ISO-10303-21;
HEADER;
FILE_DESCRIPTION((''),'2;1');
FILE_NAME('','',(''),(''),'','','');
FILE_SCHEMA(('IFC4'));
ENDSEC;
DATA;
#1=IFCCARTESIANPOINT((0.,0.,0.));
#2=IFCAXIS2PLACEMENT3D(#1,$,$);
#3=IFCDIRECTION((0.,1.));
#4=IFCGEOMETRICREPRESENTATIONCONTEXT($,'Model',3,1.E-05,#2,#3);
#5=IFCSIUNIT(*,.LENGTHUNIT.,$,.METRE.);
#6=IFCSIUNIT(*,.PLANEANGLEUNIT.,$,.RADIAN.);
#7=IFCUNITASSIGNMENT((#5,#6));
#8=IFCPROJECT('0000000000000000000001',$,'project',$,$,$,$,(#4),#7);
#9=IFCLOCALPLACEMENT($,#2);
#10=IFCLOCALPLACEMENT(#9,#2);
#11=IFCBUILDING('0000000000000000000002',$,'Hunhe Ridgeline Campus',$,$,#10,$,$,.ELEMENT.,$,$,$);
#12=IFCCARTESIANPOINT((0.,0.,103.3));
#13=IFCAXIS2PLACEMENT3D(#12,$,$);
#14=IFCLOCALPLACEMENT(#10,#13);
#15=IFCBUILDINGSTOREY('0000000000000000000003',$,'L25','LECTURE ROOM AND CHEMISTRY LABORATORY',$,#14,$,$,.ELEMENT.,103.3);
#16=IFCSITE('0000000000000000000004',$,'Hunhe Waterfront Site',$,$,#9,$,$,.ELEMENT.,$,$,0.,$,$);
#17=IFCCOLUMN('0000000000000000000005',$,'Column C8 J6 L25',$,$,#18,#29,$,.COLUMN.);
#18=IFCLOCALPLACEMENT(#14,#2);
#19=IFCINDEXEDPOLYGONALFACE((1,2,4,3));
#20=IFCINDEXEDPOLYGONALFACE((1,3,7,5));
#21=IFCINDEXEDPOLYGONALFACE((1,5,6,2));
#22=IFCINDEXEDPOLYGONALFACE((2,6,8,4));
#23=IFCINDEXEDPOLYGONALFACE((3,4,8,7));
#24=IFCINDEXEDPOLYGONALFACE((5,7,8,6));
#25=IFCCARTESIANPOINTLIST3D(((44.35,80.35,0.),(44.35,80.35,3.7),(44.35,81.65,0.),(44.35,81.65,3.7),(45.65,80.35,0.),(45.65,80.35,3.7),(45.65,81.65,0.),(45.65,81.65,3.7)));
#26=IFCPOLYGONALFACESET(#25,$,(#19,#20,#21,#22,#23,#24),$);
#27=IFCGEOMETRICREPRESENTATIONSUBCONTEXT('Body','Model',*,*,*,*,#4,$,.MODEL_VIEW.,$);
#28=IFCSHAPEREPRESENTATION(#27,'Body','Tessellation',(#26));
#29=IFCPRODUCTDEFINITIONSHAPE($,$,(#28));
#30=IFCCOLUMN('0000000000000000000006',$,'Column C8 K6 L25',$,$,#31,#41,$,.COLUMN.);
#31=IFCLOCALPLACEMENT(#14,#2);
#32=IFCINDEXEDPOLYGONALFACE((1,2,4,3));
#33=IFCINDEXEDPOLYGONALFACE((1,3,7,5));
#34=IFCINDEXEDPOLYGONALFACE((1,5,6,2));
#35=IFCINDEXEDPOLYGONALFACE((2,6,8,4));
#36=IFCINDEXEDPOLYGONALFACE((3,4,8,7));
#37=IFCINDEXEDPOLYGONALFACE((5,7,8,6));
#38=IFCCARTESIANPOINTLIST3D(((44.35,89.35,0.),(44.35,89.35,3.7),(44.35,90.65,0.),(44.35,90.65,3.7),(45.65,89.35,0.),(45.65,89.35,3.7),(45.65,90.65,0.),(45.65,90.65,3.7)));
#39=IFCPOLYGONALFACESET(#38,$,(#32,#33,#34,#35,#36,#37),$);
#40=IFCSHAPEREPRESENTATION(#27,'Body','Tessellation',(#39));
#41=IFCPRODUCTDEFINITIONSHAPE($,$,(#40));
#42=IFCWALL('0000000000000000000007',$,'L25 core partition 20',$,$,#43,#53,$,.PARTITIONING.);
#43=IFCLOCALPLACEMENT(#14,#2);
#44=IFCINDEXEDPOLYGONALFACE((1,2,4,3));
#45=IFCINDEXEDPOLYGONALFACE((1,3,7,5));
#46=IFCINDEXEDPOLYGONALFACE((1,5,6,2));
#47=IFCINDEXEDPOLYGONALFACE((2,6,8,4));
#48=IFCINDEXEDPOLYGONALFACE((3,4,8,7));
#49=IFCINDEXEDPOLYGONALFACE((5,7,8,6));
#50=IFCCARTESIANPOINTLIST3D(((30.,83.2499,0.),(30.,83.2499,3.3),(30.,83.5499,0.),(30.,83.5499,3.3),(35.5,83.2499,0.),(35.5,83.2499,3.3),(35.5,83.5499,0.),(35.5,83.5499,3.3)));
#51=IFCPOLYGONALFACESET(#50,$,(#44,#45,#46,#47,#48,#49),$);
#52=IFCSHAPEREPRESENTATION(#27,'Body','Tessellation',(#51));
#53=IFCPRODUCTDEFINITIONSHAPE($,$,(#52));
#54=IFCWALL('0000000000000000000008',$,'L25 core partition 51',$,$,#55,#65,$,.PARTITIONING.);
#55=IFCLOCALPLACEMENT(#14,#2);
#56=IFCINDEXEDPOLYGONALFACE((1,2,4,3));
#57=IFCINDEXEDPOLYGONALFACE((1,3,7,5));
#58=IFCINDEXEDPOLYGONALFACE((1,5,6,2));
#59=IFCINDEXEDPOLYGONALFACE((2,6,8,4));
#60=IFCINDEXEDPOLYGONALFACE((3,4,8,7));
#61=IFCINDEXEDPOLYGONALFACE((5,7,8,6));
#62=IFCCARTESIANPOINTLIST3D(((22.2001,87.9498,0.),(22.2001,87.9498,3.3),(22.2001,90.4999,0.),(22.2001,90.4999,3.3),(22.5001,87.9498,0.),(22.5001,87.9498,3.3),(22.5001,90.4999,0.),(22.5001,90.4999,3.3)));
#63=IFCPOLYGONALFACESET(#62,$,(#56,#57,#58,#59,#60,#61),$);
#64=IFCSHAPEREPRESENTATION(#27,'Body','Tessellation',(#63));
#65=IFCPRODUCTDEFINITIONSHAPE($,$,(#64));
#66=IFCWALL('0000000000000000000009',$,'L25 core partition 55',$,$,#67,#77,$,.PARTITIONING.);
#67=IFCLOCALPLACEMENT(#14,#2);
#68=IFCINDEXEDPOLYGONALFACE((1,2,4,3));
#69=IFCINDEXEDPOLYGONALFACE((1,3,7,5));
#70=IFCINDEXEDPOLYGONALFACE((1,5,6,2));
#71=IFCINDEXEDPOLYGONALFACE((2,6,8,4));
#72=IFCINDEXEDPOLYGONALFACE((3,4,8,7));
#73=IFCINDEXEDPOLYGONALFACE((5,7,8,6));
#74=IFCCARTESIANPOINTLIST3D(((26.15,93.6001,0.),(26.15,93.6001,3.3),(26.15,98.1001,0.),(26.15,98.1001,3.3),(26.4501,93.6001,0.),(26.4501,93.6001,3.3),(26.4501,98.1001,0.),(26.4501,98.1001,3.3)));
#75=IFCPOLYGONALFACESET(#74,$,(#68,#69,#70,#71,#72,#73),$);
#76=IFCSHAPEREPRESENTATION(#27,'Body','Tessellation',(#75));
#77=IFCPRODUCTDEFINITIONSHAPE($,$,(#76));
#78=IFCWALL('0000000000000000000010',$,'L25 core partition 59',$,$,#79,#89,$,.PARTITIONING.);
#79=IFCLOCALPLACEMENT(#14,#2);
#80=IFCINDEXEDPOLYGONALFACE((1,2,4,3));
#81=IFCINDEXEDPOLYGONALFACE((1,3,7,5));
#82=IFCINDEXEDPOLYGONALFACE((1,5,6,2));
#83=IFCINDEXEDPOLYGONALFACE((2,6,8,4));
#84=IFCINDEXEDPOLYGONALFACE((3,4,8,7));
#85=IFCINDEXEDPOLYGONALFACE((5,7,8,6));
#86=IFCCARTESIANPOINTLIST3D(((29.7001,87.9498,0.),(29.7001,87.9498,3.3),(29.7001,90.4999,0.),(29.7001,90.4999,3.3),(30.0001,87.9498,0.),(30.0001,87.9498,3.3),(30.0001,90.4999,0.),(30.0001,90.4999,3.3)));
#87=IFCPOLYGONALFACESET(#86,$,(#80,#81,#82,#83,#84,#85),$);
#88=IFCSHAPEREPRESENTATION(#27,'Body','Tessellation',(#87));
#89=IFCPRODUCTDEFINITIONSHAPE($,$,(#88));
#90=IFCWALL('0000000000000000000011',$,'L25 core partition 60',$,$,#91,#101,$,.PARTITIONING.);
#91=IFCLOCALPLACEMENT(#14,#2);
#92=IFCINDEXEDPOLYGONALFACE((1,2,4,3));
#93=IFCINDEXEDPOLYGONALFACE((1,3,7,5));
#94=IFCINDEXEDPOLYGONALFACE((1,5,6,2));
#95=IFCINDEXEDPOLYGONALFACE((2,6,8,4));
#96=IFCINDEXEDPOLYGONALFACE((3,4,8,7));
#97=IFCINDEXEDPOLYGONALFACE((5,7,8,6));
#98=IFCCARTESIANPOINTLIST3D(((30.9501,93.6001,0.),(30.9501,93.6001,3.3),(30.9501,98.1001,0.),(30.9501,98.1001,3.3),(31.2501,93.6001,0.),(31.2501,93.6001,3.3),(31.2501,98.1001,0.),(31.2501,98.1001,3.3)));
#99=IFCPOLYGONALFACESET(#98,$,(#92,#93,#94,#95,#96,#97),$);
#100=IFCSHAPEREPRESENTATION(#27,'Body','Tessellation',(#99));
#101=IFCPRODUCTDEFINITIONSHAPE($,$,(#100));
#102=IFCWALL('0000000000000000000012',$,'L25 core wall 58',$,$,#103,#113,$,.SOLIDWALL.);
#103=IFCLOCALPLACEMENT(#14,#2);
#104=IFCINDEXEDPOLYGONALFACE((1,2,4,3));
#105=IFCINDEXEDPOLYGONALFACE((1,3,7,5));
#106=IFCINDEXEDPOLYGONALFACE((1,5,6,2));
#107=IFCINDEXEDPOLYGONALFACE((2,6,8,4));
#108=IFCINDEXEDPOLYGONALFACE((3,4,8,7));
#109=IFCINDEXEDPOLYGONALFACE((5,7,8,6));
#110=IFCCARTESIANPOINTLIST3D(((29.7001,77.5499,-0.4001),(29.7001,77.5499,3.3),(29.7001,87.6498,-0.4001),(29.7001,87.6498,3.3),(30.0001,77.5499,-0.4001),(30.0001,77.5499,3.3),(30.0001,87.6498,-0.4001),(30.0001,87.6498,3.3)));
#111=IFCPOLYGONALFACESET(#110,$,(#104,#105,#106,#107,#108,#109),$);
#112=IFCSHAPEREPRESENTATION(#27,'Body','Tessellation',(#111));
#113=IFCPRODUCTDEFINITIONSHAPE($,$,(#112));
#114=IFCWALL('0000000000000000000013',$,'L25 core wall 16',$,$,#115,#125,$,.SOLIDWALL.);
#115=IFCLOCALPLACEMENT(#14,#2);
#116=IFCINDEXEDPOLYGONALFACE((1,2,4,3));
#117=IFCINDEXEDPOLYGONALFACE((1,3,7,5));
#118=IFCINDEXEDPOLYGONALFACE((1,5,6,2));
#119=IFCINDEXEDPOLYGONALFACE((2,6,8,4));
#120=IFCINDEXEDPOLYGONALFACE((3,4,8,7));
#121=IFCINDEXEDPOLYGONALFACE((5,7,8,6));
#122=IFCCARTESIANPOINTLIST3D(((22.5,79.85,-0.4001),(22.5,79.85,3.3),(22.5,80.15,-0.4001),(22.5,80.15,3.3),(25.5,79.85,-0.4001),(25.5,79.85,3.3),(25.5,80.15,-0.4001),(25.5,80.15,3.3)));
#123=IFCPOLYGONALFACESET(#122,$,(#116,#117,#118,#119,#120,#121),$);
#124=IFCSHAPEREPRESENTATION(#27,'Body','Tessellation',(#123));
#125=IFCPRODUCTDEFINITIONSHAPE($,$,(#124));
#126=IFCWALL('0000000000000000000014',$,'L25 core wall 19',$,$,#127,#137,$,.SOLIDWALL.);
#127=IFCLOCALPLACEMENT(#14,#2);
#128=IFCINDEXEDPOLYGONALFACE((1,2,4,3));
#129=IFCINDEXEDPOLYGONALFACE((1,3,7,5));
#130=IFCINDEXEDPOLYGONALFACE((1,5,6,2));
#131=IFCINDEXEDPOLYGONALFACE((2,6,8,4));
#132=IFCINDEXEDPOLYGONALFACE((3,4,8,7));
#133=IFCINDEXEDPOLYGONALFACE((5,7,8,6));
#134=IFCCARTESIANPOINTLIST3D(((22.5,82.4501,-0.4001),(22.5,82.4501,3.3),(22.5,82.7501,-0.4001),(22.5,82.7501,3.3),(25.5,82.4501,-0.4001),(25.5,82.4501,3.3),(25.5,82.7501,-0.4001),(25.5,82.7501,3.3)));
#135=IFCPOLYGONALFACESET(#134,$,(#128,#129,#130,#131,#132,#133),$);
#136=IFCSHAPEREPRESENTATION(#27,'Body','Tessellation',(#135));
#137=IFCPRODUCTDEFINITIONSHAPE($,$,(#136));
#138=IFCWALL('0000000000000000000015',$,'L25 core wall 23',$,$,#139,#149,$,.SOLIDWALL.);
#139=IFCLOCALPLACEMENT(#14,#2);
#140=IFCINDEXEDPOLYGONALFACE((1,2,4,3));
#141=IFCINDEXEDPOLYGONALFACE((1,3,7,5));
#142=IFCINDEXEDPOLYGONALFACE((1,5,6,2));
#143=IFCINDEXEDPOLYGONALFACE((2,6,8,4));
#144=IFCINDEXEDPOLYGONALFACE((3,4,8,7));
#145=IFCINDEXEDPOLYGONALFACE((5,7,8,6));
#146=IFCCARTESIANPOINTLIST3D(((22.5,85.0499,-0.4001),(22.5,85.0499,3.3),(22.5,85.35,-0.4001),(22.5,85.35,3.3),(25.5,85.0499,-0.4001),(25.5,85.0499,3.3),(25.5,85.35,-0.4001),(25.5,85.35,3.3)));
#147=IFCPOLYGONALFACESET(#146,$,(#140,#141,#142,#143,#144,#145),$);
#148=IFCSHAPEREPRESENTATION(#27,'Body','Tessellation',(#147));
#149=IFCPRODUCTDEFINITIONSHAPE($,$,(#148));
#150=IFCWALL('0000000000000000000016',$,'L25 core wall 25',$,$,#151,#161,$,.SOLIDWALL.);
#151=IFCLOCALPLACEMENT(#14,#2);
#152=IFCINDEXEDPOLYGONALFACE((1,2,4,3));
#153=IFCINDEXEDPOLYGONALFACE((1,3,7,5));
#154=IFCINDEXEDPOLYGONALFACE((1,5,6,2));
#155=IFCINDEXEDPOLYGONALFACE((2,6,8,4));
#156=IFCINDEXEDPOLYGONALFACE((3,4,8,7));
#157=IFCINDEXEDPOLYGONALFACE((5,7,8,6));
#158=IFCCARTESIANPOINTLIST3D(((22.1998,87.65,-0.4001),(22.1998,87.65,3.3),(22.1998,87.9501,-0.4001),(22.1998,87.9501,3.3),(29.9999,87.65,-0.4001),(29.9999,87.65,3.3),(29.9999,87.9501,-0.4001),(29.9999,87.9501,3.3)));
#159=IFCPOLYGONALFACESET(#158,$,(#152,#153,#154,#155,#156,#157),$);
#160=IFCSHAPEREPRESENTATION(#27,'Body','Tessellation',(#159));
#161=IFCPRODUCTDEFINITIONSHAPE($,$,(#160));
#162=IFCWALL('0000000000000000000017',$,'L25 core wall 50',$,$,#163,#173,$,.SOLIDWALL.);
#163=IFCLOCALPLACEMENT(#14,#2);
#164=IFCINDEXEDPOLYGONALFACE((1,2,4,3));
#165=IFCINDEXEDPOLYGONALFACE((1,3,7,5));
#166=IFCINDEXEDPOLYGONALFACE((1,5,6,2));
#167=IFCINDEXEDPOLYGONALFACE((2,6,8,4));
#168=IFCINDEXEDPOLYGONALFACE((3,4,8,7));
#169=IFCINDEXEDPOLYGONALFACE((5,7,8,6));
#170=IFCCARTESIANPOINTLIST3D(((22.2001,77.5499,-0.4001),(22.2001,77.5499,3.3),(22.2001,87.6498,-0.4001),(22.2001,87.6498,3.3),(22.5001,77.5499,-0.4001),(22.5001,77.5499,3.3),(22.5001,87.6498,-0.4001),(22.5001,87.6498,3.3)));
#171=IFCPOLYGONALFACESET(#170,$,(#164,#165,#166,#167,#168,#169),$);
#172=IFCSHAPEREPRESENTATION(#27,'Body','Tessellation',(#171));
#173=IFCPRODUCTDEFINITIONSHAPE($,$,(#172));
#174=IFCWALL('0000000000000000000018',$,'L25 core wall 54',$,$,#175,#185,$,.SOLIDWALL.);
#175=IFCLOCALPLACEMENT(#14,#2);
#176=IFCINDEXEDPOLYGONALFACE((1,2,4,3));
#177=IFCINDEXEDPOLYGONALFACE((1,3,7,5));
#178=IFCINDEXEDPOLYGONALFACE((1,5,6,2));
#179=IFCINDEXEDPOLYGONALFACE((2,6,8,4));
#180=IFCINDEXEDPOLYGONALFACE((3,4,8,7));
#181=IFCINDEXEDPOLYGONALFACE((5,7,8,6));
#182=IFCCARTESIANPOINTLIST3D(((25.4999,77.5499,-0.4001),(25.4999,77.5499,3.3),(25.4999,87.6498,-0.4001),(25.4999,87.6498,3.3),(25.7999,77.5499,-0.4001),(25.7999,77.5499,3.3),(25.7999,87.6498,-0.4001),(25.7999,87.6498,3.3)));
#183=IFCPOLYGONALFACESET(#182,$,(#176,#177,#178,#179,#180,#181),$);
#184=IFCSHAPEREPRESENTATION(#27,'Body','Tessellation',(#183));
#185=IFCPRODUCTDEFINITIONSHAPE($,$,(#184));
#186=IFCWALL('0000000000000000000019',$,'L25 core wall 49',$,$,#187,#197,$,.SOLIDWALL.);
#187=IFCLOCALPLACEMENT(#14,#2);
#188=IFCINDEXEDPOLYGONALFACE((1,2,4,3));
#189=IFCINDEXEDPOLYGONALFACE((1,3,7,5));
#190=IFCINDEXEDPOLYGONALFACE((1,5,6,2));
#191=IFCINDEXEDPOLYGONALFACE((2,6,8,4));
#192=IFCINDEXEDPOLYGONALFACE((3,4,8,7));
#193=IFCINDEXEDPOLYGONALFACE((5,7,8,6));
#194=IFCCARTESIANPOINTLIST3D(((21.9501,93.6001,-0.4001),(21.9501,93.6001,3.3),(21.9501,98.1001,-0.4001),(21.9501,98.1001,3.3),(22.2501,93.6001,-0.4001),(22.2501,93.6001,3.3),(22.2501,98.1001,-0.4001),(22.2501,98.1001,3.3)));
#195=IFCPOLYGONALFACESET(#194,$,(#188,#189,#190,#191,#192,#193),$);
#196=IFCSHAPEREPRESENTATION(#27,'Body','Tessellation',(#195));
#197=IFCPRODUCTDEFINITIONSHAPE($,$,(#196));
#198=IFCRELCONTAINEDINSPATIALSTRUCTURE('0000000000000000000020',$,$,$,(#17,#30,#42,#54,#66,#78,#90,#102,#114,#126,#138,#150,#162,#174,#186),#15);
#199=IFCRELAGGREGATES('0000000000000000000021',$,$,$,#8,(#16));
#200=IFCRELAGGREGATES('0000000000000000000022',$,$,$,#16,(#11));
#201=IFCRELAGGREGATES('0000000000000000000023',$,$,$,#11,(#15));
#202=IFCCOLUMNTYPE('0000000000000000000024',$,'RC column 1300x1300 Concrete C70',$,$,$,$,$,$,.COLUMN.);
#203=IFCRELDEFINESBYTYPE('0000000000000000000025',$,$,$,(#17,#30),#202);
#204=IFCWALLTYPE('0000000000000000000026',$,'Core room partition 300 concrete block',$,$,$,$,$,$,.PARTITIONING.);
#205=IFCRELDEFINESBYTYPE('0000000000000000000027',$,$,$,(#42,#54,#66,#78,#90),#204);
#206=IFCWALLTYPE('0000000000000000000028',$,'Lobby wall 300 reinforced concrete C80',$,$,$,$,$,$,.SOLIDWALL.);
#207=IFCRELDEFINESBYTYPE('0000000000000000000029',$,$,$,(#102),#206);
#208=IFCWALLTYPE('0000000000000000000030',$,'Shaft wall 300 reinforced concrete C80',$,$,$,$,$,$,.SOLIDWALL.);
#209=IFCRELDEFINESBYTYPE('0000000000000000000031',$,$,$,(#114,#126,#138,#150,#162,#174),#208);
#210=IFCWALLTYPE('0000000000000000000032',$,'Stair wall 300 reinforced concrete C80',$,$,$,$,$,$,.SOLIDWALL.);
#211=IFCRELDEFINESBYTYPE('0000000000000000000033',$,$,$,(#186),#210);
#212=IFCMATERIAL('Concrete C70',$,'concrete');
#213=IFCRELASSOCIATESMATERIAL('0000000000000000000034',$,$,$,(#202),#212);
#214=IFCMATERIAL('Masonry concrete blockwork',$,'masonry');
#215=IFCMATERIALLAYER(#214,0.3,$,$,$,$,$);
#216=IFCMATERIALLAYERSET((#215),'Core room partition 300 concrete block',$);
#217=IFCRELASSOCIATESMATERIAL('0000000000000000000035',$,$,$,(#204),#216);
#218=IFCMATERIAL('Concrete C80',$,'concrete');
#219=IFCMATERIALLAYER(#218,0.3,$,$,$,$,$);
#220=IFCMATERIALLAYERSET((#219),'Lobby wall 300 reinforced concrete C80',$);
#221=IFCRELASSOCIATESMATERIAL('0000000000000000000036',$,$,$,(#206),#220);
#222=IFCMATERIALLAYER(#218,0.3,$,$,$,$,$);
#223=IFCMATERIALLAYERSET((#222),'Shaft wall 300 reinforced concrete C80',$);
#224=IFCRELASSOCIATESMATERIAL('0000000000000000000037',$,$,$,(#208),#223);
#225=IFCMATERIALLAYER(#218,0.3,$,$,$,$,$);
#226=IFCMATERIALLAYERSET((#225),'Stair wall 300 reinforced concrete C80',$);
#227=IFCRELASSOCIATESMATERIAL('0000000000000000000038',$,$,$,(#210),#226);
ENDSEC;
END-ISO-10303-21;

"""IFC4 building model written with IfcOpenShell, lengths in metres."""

from ifc_helpers import new_model, si_unit, direction, frame, frame_2d, origin, origin_2d, place, context, subcontext, project, spatial, rectangle, extrude, material, layer, layer_set, material_profile, profile_set, type_object, element, save


model = new_model("IFC4")

# Units and contexts
model_context = context("Model", 3, precision=1e-05, world=origin(), true_north=direction((0.0, 1.0)))
body_context = subcontext(model_context, "Body", "Model", "MODEL_VIEW")
ifc_project = project(units=[si_unit("LENGTHUNIT", "METRE"), si_unit("PLANEANGLEUNIT", "RADIAN")], contexts=[model_context])

# Site, building, storey
site_placement = place(None, origin())
site = spatial("IfcSite", under=ifc_project, at=site_placement, Name="Hunhe Waterfront Site", CompositionType="ELEMENT", RefElevation=0.0)
building_placement = place(site_placement, origin())
building = spatial("IfcBuilding", under=site, at=building_placement, Name="Hunhe Ridgeline Campus", CompositionType="ELEMENT")
storey_placement = place(building_placement, frame((0.0, 0.0, 103.3)))
storey = spatial("IfcBuildingStorey", under=building, at=storey_placement, Name="L25", Description="LECTURE ROOM AND CHEMISTRY LABORATORY", CompositionType="ELEMENT", Elevation=103.3)

# Columns
ifc_material_1 = material(Name="Concrete C70", Category="concrete")
ifc_material_profile = material_profile(ifc_material_1, rectangle(XDim=1.3, YDim=1.3, at=origin_2d()))
ifc_profile_set = profile_set([ifc_material_profile], Name="Concrete C70")
column_type = type_object("IfcColumnType", Name="RC column 1300x1300 Concrete C70", PredefinedType="COLUMN", material=ifc_profile_set)
for number, where, z_axis, x_axis, name in (
    (1, (45.0, 81.0, 0.0), (0.0, 0.0, 1.0), (1.0, 0.0, 0.0), "Column C8 J6 L25"),
    (2, (45.0, 90.0, 0.0), (0.0, 0.0, 1.0), (1.0, 0.0, 0.0), "Column C8 K6 L25"),
):
    element("IfcColumn", number, at=place(storey_placement, frame(where, z_axis=z_axis, x_axis=x_axis)), inside=storey, type_object=column_type, Name=name, PredefinedType="COLUMN", context=body_context, shape_type="SweptSolid", body=[
        extrude(rectangle(XDim=1.3, YDim=1.3, at=origin_2d()), origin(), (0.0, 0.0, 1.0), 3.7),
    ])

# Shared definitions
ifc_material_2 = material(Name="Masonry concrete blockwork", Category="masonry")
ifc_layer_1 = layer(ifc_material_2, 0.3)
ifc_layer_set_1 = layer_set([ifc_layer_1], Name="Core room partition 300 concrete block")
wall_type_1 = type_object("IfcWallType", Name="Core room partition 300 concrete block", PredefinedType="PARTITIONING", material=ifc_layer_set_1)

# Walls
wall_1_placement = place(storey_placement, frame((30.0, 83.3999, 0.0), z_axis=(0.0, 0.0, 1.0), x_axis=(1.0, 0.0, 0.0)))
element("IfcWall", 3, at=wall_1_placement, inside=storey, type_object=wall_type_1, Name="L25 core partition 20", PredefinedType="PARTITIONING", context=body_context, shape_type="SweptSolid", body=[
    extrude(rectangle(XDim=5.5, YDim=0.3, at=frame_2d((2.75, 0.0))), origin(), (0.0, 0.0, 1.0), 3.3),
])
wall_2_placement = place(storey_placement, frame((22.3501, 87.95, 0.0), z_axis=(0.0, 0.0, 1.0), x_axis=(0.0, 1.0, 0.0)))
element("IfcWall", 4, at=wall_2_placement, inside=storey, type_object=wall_type_1, Name="L25 core partition 51", PredefinedType="PARTITIONING", context=body_context, shape_type="SweptSolid", body=[
    extrude(rectangle(XDim=2.55, YDim=0.3, at=frame_2d((1.2749, 0.0))), origin(), (0.0, 0.0, 1.0), 3.3),
])
wall_3_placement = place(storey_placement, frame((26.3, 93.6001, 0.0), z_axis=(0.0, 0.0, 1.0), x_axis=(0.0, 1.0, 0.0)))
element("IfcWall", 5, at=wall_3_placement, inside=storey, type_object=wall_type_1, Name="L25 core partition 55", PredefinedType="PARTITIONING", context=body_context, shape_type="SweptSolid", body=[
    extrude(rectangle(XDim=4.5, YDim=0.3, at=frame_2d((2.25, 0.0))), origin(), (0.0, 0.0, 1.0), 3.3),
])
wall_4_placement = place(storey_placement, frame((29.8501, 87.95, 0.0), z_axis=(0.0, 0.0, 1.0), x_axis=(0.0, 1.0, 0.0)))
element("IfcWall", 6, at=wall_4_placement, inside=storey, type_object=wall_type_1, Name="L25 core partition 59", PredefinedType="PARTITIONING", context=body_context, shape_type="SweptSolid", body=[
    extrude(rectangle(XDim=2.55, YDim=0.3, at=frame_2d((1.2749, 0.0))), origin(), (0.0, 0.0, 1.0), 3.3),
])
wall_5_placement = place(storey_placement, frame((31.1001, 93.6001, 0.0), z_axis=(0.0, 0.0, 1.0), x_axis=(0.0, 1.0, 0.0)))
element("IfcWall", 7, at=wall_5_placement, inside=storey, type_object=wall_type_1, Name="L25 core partition 60", PredefinedType="PARTITIONING", context=body_context, shape_type="SweptSolid", body=[
    extrude(rectangle(XDim=4.5, YDim=0.3, at=frame_2d((2.25, 0.0))), origin(), (0.0, 0.0, 1.0), 3.3),
])

# Walls
ifc_material_3 = material(Name="Concrete C80", Category="concrete")
ifc_layer_2 = layer(ifc_material_3, 0.3)
ifc_layer_set_2 = layer_set([ifc_layer_2], Name="Lobby wall 300 reinforced concrete C80")
wall_type_2 = type_object("IfcWallType", Name="Lobby wall 300 reinforced concrete C80", PredefinedType="SOLIDWALL", material=ifc_layer_set_2)
wall_6_placement = place(storey_placement, frame((29.8501, 77.55, -0.4001), z_axis=(0.0, 0.0, 1.0), x_axis=(0.0, 1.0, 0.0)))
element("IfcWall", 8, at=wall_6_placement, inside=storey, type_object=wall_type_2, Name="L25 core wall 58", PredefinedType="SOLIDWALL", context=body_context, shape_type="SweptSolid", body=[
    extrude(rectangle(XDim=10.0999, YDim=0.3, at=frame_2d((5.0498, 0.0))), origin(), (0.0, 0.0, 1.0), 3.7002),
])
ifc_layer_3 = layer(ifc_material_3, 0.3)
ifc_layer_set_3 = layer_set([ifc_layer_3], Name="Shaft wall 300 reinforced concrete C80")
wall_type_3 = type_object("IfcWallType", Name="Shaft wall 300 reinforced concrete C80", PredefinedType="SOLIDWALL", material=ifc_layer_set_3)
for number, where, z_axis, x_axis, name in (
    (9, (22.5, 80.0, -0.4001), (0.0, 0.0, 1.0), (1.0, 0.0, 0.0), "L25 core wall 16"),
    (10, (22.5, 82.6001, -0.4001), (0.0, 0.0, 1.0), (1.0, 0.0, 0.0), "L25 core wall 19"),
    (11, (22.5, 85.2, -0.4001), (0.0, 0.0, 1.0), (1.0, 0.0, 0.0), "L25 core wall 23"),
):
    element("IfcWall", number, at=place(storey_placement, frame(where, z_axis=z_axis, x_axis=x_axis)), inside=storey, type_object=wall_type_3, Name=name, PredefinedType="SOLIDWALL", context=body_context, shape_type="SweptSolid", body=[
        extrude(rectangle(XDim=3.0, YDim=0.3, at=frame_2d((1.5, 0.0))), origin(), (0.0, 0.0, 1.0), 3.7002),
    ])
wall_7_placement = place(storey_placement, frame((22.2, 87.8, -0.4001), z_axis=(0.0, 0.0, 1.0), x_axis=(1.0, 0.0, 0.0)))
element("IfcWall", 12, at=wall_7_placement, inside=storey, type_object=wall_type_3, Name="L25 core wall 25", PredefinedType="SOLIDWALL", context=body_context, shape_type="SweptSolid", body=[
    extrude(rectangle(XDim=7.8, YDim=0.3, at=frame_2d((3.8999, 0.0))), origin(), (0.0, 0.0, 1.0), 3.7002),
])
for number, where, z_axis, x_axis, name in (
    (13, (22.3501, 77.55, -0.4001), (0.0, 0.0, 1.0), (0.0, 1.0, 0.0), "L25 core wall 50"),
    (14, (25.6499, 77.55, -0.4001), (0.0, 0.0, 1.0), (0.0, 1.0, 0.0), "L25 core wall 54"),
):
    element("IfcWall", number, at=place(storey_placement, frame(where, z_axis=z_axis, x_axis=x_axis)), inside=storey, type_object=wall_type_3, Name=name, PredefinedType="SOLIDWALL", context=body_context, shape_type="SweptSolid", body=[
        extrude(rectangle(XDim=10.0999, YDim=0.3, at=frame_2d((5.0498, 0.0))), origin(), (0.0, 0.0, 1.0), 3.7002),
    ])

# Shared definitions
ifc_layer_4 = layer(ifc_material_3, 0.3)
ifc_layer_set_4 = layer_set([ifc_layer_4], Name="Stair wall 300 reinforced concrete C80")
wall_type_4 = type_object("IfcWallType", Name="Stair wall 300 reinforced concrete C80", PredefinedType="SOLIDWALL", material=ifc_layer_set_4)

# Wall
wall_8_placement = place(storey_placement, frame((22.1001, 93.6001, -0.4001), z_axis=(0.0, 0.0, 1.0), x_axis=(0.0, 1.0, 0.0)))
element("IfcWall", 15, at=wall_8_placement, inside=storey, type_object=wall_type_4, Name="L25 core wall 49", PredefinedType="SOLIDWALL", context=body_context, shape_type="SweptSolid", body=[
    extrude(rectangle(XDim=4.5, YDim=0.3, at=frame_2d((2.25, 0.0))), origin(), (0.0, 0.0, 1.0), 3.7002),
])

save(model, "model.ifc")
